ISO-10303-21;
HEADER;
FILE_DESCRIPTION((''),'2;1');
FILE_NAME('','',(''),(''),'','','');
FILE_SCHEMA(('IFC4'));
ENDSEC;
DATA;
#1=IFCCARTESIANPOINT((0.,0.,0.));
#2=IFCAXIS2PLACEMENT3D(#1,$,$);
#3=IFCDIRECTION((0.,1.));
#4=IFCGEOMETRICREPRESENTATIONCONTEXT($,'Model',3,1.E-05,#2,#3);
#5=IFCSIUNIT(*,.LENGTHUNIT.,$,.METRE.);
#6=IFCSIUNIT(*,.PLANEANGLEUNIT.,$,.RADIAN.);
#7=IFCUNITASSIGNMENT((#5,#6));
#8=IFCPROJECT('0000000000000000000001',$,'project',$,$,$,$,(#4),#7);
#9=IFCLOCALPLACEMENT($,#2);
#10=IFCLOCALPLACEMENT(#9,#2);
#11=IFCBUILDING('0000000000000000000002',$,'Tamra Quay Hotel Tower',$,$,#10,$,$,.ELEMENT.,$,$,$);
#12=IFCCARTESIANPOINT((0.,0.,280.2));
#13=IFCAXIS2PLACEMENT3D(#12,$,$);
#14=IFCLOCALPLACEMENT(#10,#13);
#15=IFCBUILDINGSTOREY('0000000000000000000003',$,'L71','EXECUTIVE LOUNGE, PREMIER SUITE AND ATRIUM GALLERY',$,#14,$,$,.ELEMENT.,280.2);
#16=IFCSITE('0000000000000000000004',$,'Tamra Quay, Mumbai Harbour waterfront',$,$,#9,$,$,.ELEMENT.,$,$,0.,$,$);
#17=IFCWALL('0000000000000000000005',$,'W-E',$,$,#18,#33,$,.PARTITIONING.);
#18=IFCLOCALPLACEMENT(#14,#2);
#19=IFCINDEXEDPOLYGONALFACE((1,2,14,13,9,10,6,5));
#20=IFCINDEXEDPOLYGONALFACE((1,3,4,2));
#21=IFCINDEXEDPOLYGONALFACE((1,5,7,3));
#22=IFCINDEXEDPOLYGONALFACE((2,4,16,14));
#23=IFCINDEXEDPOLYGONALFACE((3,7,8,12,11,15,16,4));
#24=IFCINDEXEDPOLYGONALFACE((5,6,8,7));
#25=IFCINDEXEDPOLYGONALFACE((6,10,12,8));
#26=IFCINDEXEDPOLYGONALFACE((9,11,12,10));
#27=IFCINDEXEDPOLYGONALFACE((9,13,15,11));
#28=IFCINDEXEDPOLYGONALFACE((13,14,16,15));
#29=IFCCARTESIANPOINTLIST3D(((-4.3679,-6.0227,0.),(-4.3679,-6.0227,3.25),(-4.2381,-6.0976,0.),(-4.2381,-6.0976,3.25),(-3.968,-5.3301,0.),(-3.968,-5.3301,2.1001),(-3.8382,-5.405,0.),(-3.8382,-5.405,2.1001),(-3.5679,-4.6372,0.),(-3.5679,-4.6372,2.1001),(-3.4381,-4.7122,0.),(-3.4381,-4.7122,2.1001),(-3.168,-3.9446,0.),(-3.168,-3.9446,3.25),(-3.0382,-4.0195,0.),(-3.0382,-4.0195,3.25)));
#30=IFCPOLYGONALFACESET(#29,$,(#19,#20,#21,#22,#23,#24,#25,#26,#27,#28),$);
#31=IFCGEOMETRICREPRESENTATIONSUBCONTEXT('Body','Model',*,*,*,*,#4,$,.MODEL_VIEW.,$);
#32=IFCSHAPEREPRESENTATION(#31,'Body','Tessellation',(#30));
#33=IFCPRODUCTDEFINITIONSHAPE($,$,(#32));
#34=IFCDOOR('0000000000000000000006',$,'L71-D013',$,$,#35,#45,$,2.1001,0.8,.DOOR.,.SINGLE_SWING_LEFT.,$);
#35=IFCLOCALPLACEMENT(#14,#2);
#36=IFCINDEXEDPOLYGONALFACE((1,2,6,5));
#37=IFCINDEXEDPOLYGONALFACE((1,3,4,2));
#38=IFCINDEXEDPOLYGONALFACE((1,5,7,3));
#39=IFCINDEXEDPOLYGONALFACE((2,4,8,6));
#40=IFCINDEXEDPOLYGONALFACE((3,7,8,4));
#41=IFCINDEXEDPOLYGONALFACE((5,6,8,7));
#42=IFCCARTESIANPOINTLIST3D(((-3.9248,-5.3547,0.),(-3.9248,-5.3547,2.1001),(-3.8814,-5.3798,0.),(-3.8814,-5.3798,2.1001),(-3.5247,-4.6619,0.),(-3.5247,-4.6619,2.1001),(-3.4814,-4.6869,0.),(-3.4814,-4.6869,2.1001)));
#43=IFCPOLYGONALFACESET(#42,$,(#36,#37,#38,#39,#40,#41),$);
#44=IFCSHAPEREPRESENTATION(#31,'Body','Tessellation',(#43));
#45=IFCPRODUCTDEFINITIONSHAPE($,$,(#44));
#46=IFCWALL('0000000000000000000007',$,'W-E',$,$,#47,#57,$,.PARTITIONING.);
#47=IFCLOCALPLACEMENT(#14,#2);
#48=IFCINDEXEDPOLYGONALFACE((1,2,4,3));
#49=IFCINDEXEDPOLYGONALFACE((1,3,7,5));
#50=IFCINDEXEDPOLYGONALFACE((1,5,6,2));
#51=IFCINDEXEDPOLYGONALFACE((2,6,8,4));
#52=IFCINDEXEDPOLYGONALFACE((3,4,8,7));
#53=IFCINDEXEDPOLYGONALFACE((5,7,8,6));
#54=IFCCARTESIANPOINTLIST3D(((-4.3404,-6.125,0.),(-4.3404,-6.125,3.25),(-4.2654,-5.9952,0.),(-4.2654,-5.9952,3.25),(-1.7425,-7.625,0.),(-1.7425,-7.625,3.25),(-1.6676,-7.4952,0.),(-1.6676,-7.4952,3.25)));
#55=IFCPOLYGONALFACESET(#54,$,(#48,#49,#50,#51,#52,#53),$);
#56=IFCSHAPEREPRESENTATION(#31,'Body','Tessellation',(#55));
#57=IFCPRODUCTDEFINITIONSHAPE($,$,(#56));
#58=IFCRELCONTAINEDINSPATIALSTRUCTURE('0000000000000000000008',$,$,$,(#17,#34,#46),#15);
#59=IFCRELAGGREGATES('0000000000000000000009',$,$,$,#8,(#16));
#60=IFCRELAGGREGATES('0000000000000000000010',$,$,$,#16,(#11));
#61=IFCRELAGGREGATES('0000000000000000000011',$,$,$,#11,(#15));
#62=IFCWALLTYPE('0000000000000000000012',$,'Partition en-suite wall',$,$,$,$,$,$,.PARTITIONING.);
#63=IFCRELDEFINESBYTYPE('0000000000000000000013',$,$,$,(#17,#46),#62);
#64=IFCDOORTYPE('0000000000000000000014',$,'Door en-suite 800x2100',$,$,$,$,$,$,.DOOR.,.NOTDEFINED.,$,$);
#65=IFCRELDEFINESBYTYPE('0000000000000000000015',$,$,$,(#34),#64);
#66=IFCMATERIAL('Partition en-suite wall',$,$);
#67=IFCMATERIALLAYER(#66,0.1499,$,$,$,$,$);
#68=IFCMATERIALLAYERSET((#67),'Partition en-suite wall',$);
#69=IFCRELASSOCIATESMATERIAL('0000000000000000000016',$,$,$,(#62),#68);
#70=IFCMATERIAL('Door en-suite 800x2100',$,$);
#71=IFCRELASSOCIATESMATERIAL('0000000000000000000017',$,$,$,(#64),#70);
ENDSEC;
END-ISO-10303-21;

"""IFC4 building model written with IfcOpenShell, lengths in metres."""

from ifc_helpers import new_model, si_unit, direction, frame, frame_2d, origin, place, context, subcontext, project, spatial, rectangle, extrude, material, layer, layer_set, type_object, element, fill, save


model = new_model("IFC4")

# Units and contexts
model_context = context("Model", 3, precision=1e-05, world=origin(), true_north=direction((0.0, 1.0)))
body_context = subcontext(model_context, "Body", "Model", "MODEL_VIEW")
ifc_project = project(units=[si_unit("LENGTHUNIT", "METRE"), si_unit("PLANEANGLEUNIT", "RADIAN")], contexts=[model_context])

# Site, building, storey
site_placement = place(None, origin())
site = spatial("IfcSite", under=ifc_project, at=site_placement, Name="Tamra Quay, Mumbai Harbour waterfront", CompositionType="ELEMENT", RefElevation=0.0)
building_placement = place(site_placement, origin())
building = spatial("IfcBuilding", under=site, at=building_placement, Name="Tamra Quay Hotel Tower", CompositionType="ELEMENT")
storey_placement = place(building_placement, frame((0.0, 0.0, 280.2)))
storey = spatial("IfcBuildingStorey", under=building, at=storey_placement, Name="L71", Description="EXECUTIVE LOUNGE, PREMIER SUITE AND ATRIUM GALLERY", CompositionType="ELEMENT", Elevation=280.2)

# Wall, opening, door
ifc_material_1 = material(Name="Partition en-suite wall")
ifc_layer_1 = layer(ifc_material_1, 0.1499)
ifc_layer_set_1 = layer_set([ifc_layer_1], Name="Partition en-suite wall")
wall_type_1 = type_object("IfcWallType", Name="Partition en-suite wall", PredefinedType="PARTITIONING", material=ifc_layer_set_1)
ifc_material_2 = material(Name="Door en-suite 800x2100")
door_type_1 = type_object("IfcDoorType", Name="Door en-suite 800x2100", OperationType="NOTDEFINED", PredefinedType="DOOR", material=ifc_material_2)
wall_1_placement = place(storey_placement, frame((-4.303, -6.0601, 0.0), z_axis=(0.0, 0.0, 1.0), x_axis=(0.500045, 0.865999, 0.0)))
wall_1 = element("IfcWall", 1, at=wall_1_placement, inside=storey, type_object=wall_type_1, Name="W-E", PredefinedType="PARTITIONING", context=body_context, shape_type="SweptSolid", body=[
    extrude(rectangle(XDim=2.3997, YDim=0.1499, at=frame_2d((1.1997, 0.0))), origin(), (0.0, 0.0, 1.0), 3.25),
])
opening_1_placement = place(wall_1_placement, frame((0.7998, 0.0, 0.0)))
opening_1 = element("IfcOpeningElement", 2, at=opening_1_placement, cuts=wall_1, PredefinedType="OPENING", context=body_context, shape_type="SweptSolid", body=[
    extrude(rectangle(XDim=0.8, YDim=2.1001, at=frame_2d((0.3999, 1.05))), frame((0.0, 0.085, 0.0), z_axis=(0.0, -1.0, 0.0), x_axis=(1.0, 0.0, 0.0)), (0.0, 0.0, 1.0), 0.1699),
])
door_1_placement = place(opening_1_placement, frame((0.8, 0.0, 0.0), z_axis=(0.0, 0.0, 1.0), x_axis=(-1.0, 0.0, 0.0)))
door_1 = element("IfcDoor", 3, at=door_1_placement, inside=storey, type_object=door_type_1, Name="L71-D013", OperationType="SINGLE_SWING_LEFT", OverallHeight=2.1001, OverallWidth=0.8, PredefinedType="DOOR", context=body_context, shape_type="SweptSolid", body=[
    extrude(rectangle(XDim=0.8, YDim=2.1001, at=frame_2d((0.3999, 1.05))), frame((0.0, 0.0249, 0.0), z_axis=(0.0, -1.0, 0.0), x_axis=(1.0, 0.0, 0.0)), (0.0, 0.0, 1.0), 0.05),
])
fill(opening_1, door_1)

# Wall
wall_2_placement = place(storey_placement, frame((-4.303, -6.0601, 0.0), z_axis=(0.0, 0.0, 1.0), x_axis=(0.866011, -0.500025, 0.0)))
element("IfcWall", 4, at=wall_2_placement, inside=storey, type_object=wall_type_1, Name="W-E", PredefinedType="PARTITIONING", context=body_context, shape_type="SweptSolid", body=[
    extrude(rectangle(XDim=2.9998, YDim=0.1499, at=frame_2d((1.5, 0.0))), origin(), (0.0, 0.0, 1.0), 3.25),
])

save(model, "model.ifc")
